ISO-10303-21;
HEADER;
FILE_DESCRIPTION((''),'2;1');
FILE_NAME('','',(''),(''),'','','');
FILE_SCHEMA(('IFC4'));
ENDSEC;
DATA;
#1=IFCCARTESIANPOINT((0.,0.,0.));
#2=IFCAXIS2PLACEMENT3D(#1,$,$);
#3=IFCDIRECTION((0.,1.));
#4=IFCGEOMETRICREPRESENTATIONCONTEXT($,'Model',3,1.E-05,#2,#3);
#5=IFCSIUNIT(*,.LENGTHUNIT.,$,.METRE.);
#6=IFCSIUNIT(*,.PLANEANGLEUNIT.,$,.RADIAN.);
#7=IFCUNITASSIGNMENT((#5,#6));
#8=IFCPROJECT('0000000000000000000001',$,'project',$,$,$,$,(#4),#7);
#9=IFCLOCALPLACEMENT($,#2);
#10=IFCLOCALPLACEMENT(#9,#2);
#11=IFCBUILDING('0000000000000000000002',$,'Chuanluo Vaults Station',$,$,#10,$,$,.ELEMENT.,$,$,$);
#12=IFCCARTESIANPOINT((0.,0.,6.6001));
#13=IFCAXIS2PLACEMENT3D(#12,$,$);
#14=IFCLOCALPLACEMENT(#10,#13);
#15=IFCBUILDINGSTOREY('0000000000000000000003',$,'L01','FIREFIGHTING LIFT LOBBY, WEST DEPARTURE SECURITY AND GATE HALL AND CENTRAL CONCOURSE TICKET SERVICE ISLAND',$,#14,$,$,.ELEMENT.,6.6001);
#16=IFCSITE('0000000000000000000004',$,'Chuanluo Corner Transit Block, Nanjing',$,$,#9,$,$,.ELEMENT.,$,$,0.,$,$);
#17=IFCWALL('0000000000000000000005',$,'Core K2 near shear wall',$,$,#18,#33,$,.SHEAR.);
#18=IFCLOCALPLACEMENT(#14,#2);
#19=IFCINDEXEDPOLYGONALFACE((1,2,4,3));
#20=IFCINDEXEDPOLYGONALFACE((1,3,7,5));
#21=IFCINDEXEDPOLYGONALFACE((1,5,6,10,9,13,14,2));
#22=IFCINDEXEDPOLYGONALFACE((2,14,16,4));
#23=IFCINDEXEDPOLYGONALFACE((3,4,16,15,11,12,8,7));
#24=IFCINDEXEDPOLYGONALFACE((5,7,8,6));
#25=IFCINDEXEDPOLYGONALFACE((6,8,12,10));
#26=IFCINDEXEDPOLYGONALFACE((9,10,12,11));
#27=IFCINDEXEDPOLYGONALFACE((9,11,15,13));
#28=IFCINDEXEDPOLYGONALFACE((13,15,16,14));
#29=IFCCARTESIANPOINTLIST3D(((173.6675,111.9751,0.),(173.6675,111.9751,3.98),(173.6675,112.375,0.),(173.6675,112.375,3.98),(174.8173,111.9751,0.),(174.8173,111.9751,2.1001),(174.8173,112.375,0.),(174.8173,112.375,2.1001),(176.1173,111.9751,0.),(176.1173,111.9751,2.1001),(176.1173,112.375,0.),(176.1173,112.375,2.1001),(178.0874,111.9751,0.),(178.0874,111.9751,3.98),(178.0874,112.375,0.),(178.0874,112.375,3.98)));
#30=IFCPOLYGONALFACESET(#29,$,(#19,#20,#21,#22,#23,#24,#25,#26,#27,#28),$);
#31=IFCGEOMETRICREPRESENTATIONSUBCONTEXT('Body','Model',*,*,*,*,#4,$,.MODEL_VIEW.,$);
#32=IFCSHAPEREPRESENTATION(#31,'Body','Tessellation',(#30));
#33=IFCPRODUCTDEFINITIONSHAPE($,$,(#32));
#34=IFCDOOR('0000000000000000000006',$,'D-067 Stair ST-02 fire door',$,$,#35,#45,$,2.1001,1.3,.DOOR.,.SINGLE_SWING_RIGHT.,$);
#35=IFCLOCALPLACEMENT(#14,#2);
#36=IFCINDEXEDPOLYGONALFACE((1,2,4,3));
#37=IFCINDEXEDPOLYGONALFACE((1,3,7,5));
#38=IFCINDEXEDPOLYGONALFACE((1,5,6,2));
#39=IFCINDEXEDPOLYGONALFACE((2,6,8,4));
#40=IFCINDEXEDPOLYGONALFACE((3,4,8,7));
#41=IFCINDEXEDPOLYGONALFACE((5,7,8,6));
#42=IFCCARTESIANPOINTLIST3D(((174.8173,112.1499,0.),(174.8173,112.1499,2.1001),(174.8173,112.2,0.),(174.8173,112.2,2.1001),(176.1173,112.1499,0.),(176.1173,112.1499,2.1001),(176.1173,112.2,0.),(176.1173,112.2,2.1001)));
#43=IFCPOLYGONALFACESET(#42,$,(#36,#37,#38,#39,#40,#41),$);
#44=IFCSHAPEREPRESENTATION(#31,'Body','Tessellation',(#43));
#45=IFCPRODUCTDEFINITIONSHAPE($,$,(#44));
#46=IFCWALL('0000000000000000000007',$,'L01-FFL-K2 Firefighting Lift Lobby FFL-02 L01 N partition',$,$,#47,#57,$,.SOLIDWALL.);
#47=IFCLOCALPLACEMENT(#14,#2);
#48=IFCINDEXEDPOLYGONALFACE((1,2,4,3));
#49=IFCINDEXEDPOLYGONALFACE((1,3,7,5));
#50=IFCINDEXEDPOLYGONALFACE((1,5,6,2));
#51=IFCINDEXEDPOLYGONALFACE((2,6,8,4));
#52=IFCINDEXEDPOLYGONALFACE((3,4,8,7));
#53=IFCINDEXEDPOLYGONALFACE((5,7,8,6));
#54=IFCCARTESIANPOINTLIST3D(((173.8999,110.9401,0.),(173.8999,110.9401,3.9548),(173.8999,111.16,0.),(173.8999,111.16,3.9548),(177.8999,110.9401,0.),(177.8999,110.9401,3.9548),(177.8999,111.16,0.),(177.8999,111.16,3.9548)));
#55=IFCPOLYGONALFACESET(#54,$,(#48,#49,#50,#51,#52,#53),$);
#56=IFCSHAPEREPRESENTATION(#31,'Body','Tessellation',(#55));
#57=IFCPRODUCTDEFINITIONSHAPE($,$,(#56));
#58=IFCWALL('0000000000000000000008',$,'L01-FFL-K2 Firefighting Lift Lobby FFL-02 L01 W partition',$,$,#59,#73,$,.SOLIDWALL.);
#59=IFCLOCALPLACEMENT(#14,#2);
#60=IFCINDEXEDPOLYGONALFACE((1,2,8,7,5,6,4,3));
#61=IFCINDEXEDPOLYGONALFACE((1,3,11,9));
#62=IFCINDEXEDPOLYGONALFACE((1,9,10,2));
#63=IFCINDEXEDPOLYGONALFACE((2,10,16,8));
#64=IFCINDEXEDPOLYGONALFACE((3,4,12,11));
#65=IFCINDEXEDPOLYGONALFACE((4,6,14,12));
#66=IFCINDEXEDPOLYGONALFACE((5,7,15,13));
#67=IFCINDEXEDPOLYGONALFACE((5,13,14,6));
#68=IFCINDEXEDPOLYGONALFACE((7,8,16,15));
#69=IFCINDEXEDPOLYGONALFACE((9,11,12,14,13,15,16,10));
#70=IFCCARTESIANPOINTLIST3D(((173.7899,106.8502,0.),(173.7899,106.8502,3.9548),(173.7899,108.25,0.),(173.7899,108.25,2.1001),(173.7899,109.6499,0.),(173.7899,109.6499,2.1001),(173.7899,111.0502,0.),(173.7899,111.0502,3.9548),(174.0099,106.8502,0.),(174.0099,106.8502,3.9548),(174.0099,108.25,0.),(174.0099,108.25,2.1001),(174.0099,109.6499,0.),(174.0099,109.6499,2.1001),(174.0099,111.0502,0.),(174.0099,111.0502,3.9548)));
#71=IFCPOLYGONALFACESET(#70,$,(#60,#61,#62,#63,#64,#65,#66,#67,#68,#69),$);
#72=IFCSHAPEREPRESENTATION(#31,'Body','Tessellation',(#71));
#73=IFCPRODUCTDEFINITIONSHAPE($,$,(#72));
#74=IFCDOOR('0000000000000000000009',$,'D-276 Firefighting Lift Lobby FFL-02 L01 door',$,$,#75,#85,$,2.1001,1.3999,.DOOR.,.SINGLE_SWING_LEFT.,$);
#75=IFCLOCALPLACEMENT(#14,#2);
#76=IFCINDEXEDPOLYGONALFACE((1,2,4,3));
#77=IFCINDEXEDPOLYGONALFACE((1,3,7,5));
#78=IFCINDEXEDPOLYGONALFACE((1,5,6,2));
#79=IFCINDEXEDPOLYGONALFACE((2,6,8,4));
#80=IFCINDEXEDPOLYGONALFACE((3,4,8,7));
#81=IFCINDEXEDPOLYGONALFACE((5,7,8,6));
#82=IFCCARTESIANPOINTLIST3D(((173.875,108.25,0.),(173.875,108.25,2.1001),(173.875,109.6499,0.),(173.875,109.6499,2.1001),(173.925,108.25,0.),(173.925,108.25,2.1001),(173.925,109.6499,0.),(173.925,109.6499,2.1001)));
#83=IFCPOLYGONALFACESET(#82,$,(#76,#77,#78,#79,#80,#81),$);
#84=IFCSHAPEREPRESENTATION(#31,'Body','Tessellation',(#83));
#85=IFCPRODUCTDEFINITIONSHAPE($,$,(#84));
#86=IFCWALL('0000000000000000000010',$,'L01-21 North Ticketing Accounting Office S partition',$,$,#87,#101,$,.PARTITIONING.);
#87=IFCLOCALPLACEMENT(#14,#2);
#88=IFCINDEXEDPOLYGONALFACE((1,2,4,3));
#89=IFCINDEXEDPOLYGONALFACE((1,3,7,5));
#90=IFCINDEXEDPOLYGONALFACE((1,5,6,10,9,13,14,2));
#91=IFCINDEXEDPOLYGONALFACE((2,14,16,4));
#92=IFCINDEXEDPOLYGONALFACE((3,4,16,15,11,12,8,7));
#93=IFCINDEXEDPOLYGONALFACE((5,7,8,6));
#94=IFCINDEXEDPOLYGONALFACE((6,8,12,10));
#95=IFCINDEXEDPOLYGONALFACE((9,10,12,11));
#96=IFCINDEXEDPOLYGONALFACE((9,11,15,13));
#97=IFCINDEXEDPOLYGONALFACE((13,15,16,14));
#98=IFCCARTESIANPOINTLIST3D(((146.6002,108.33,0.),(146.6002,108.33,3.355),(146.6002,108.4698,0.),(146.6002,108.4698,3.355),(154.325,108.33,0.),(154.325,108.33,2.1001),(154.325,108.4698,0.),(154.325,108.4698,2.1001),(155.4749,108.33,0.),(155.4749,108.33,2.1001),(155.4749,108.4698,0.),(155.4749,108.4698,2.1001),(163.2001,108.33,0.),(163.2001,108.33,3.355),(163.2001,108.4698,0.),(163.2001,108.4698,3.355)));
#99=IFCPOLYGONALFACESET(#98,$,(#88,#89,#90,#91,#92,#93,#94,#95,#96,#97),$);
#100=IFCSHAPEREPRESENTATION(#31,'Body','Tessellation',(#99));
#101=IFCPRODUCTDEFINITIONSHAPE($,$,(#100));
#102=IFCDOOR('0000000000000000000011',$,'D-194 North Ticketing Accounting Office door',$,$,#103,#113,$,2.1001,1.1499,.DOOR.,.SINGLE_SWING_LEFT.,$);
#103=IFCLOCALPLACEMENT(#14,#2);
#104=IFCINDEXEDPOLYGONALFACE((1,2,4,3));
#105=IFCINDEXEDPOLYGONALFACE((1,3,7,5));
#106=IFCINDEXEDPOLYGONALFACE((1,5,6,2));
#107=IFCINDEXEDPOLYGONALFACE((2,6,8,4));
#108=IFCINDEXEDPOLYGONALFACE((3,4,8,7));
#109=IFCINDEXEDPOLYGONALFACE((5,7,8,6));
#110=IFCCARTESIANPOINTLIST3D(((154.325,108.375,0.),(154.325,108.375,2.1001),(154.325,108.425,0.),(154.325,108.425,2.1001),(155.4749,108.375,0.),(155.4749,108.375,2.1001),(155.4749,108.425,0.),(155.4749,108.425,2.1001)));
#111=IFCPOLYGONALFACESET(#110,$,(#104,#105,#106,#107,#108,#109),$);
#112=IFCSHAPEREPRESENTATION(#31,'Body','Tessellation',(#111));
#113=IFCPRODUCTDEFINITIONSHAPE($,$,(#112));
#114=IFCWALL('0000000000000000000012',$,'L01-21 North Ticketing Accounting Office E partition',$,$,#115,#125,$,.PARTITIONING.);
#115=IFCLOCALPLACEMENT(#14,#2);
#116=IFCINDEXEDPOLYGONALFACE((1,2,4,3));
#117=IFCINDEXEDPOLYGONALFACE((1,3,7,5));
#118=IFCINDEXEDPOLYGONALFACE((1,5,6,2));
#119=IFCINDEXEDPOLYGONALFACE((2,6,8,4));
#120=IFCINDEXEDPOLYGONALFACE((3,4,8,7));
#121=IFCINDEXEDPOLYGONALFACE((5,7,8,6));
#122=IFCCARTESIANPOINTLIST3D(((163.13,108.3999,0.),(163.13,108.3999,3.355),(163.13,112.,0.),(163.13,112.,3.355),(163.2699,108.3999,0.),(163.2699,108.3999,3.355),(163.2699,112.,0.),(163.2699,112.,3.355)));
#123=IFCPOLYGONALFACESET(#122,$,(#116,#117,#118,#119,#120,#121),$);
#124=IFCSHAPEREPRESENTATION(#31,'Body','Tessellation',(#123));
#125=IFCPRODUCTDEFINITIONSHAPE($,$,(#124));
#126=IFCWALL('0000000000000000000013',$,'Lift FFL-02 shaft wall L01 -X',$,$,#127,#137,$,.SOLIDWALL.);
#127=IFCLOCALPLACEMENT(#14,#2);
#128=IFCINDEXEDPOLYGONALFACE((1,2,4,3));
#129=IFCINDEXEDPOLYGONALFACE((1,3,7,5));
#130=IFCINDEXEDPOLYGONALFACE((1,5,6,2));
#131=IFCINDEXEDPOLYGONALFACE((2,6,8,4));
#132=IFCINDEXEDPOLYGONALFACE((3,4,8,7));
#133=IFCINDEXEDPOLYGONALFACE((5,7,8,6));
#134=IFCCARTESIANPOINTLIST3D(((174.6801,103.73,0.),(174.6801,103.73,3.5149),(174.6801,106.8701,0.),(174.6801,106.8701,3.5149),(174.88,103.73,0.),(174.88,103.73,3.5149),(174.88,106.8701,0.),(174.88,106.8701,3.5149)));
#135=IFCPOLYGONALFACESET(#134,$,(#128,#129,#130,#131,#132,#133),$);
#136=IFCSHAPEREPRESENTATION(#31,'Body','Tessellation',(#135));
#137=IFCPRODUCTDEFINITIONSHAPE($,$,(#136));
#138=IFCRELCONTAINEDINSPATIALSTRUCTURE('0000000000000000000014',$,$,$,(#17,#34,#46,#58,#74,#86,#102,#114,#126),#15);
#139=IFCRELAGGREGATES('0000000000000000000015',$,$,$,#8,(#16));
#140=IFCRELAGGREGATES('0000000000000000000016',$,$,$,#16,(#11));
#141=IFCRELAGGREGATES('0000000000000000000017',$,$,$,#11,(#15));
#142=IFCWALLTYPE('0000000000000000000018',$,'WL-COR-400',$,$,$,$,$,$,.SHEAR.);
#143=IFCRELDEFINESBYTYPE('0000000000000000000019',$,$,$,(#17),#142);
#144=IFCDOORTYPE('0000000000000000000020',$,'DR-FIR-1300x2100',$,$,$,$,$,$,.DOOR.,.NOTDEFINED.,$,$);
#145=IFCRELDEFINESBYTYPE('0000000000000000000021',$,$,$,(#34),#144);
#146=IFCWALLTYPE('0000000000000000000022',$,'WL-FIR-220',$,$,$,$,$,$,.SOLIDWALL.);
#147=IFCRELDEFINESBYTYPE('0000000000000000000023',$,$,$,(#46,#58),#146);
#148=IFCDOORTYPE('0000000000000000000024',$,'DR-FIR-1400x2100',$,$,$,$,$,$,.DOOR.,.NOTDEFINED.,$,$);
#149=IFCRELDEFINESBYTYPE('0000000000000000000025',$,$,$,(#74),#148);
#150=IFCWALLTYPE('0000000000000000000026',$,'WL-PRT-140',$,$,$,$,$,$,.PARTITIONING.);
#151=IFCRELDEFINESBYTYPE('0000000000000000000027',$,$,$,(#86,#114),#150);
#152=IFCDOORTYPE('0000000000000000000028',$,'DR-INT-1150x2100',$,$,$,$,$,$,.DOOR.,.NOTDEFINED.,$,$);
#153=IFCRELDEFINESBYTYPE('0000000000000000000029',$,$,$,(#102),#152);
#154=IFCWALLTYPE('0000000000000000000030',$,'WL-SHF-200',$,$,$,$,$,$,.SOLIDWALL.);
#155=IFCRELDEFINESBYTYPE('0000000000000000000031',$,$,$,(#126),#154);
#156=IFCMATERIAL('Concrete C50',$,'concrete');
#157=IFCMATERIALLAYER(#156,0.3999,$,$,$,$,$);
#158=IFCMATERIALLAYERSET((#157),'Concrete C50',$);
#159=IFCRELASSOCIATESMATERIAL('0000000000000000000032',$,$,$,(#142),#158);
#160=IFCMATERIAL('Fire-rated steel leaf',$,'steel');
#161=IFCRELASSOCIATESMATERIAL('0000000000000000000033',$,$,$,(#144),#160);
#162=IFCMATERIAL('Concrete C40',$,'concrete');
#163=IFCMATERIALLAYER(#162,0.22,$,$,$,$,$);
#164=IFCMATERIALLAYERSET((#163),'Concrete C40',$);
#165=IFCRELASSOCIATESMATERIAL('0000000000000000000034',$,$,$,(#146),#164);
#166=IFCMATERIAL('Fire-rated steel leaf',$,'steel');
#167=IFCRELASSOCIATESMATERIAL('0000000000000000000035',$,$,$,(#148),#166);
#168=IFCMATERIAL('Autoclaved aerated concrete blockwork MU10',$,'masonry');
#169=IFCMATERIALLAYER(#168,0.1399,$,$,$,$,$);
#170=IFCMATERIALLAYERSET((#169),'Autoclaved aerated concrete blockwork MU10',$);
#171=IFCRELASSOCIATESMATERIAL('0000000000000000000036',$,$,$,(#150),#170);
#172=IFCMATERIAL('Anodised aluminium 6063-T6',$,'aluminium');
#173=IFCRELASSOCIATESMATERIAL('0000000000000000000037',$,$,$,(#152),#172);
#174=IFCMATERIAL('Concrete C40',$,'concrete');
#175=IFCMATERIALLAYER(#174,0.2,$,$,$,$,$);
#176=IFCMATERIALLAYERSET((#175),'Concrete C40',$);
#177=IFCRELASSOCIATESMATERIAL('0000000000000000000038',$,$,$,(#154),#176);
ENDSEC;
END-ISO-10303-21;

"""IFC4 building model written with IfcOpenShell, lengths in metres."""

from ifc_helpers import new_model, si_unit, direction, frame, frame_2d, origin, place, context, subcontext, project, spatial, rectangle, extrude, material, layer, layer_set, type_object, element, fill, save


model = new_model("IFC4")

# Units and contexts
model_context = context("Model", 3, precision=1e-05, world=origin(), true_north=direction((0.0, 1.0)))
body_context = subcontext(model_context, "Body", "Model", "MODEL_VIEW")
ifc_project = project(units=[si_unit("LENGTHUNIT", "METRE"), si_unit("PLANEANGLEUNIT", "RADIAN")], contexts=[model_context])

# Site, building, storey
site_placement = place(None, origin())
site = spatial("IfcSite", under=ifc_project, at=site_placement, Name="Chuanluo Corner Transit Block, Nanjing", CompositionType="ELEMENT", RefElevation=0.0)
building_placement = place(site_placement, origin())
building = spatial("IfcBuilding", under=site, at=building_placement, Name="Chuanluo Vaults Station", CompositionType="ELEMENT")
storey_placement = place(building_placement, frame((0.0, 0.0, 6.6001)))
storey = spatial("IfcBuildingStorey", under=building, at=storey_placement, Name="L01", Description="FIREFIGHTING LIFT LOBBY, WEST DEPARTURE SECURITY AND GATE HALL AND CENTRAL CONCOURSE TICKET SERVICE ISLAND", CompositionType="ELEMENT", Elevation=6.6001)

# Shared definitions
ifc_material_1 = material(Name="Concrete C50", Category="concrete")
ifc_layer_1 = layer(ifc_material_1, 0.3999)
ifc_layer_set_1 = layer_set([ifc_layer_1], Name="Concrete C50")
wall_type_1 = type_object("IfcWallType", Name="WL-COR-400", PredefinedType="SHEAR", material=ifc_layer_set_1)

# Wall, opening, door
wall_1_placement = place(storey_placement, frame((173.6675, 112.175, 0.0), z_axis=(0.0, 0.0, 1.0), x_axis=(1.0, 0.0, 0.0)))
wall_1 = element("IfcWall", 1, at=wall_1_placement, inside=storey, type_object=wall_type_1, Name="Core K2 near shear wall", PredefinedType="SHEAR", context=body_context, shape_type="SweptSolid", body=[
    extrude(rectangle(XDim=4.4199, YDim=0.3999, at=frame_2d((2.21, 0.0))), origin(), (0.0, 0.0, 1.0), 3.98),
])
opening_1_placement = place(wall_1_placement, frame((1.1499, 0.0, 0.0)))
opening_1 = element("IfcOpeningElement", 2, at=opening_1_placement, cuts=wall_1, PredefinedType="OPENING", context=body_context, shape_type="SweptSolid", body=[
    extrude(rectangle(XDim=1.3, YDim=2.1001, at=frame_2d((0.6499, 1.05))), frame((0.0, 0.2099, 0.0), z_axis=(0.0, -1.0, 0.0), x_axis=(1.0, 0.0, 0.0)), (0.0, 0.0, 1.0), 0.4199),
])
ifc_material_2 = material(Name="Fire-rated steel leaf", Category="steel")
door_type_1 = type_object("IfcDoorType", Name="DR-FIR-1300x2100", OperationType="NOTDEFINED", PredefinedType="DOOR", material=ifc_material_2)
door_1_placement = place(opening_1_placement, origin())
door_1 = element("IfcDoor", 3, at=door_1_placement, inside=storey, type_object=door_type_1, Name="D-067 Stair ST-02 fire door", OperationType="SINGLE_SWING_RIGHT", OverallHeight=2.1001, OverallWidth=1.3, PredefinedType="DOOR", context=body_context, shape_type="SweptSolid", body=[
    extrude(rectangle(XDim=1.3, YDim=2.1001, at=frame_2d((0.6499, 1.05))), frame((0.0, 0.0249, 0.0), z_axis=(0.0, -1.0, 0.0), x_axis=(1.0, 0.0, 0.0)), (0.0, 0.0, 1.0), 0.05),
])
fill(opening_1, door_1)

# Wall
ifc_material_3 = material(Name="Concrete C40", Category="concrete")
ifc_layer_2 = layer(ifc_material_3, 0.22)
ifc_layer_set_2 = layer_set([ifc_layer_2], Name="Concrete C40")
wall_type_2 = type_object("IfcWallType", Name="WL-FIR-220", PredefinedType="SOLIDWALL", material=ifc_layer_set_2)
wall_2_placement = place(storey_placement, frame((173.8999, 111.05, 0.0), z_axis=(0.0, 0.0, 1.0), x_axis=(1.0, 0.0, 0.0)))
element("IfcWall", 4, at=wall_2_placement, inside=storey, type_object=wall_type_2, Name="L01-FFL-K2 Firefighting Lift Lobby FFL-02 L01 N partition", PredefinedType="SOLIDWALL", context=body_context, shape_type="SweptSolid", body=[
    extrude(rectangle(XDim=4.0, YDim=0.22, at=frame_2d((2.0, 0.0))), origin(), (0.0, 0.0, 1.0), 3.9548),
])

# Walls, openings, doors
wall_3_placement = place(storey_placement, frame((173.8999, 106.8501, 0.0), z_axis=(0.0, 0.0, 1.0), x_axis=(0.0, 1.0, 0.0)))
wall_3 = element("IfcWall", 5, at=wall_3_placement, inside=storey, type_object=wall_type_2, Name="L01-FFL-K2 Firefighting Lift Lobby FFL-02 L01 W partition", PredefinedType="SOLIDWALL", context=body_context, shape_type="SweptSolid", body=[
    extrude(rectangle(XDim=4.2, YDim=0.22, at=frame_2d((2.1001, 0.0))), origin(), (0.0, 0.0, 1.0), 3.9548),
])
opening_2_placement = place(wall_3_placement, frame((1.3999, 0.0, 0.0)))
opening_2 = element("IfcOpeningElement", 6, at=opening_2_placement, cuts=wall_3, PredefinedType="OPENING", context=body_context, shape_type="SweptSolid", body=[
    extrude(rectangle(XDim=1.3999, YDim=2.1001, at=frame_2d((0.7, 1.05))), frame((0.0, 0.1199, 0.0), z_axis=(0.0, -1.0, 0.0), x_axis=(1.0, 0.0, 0.0)), (0.0, 0.0, 1.0), 0.24),
])
ifc_material_4 = material(Name="Fire-rated steel leaf", Category="steel")
door_type_2 = type_object("IfcDoorType", Name="DR-FIR-1400x2100", OperationType="NOTDEFINED", PredefinedType="DOOR", material=ifc_material_4)
door_2_placement = place(opening_2_placement, origin())
door_2 = element("IfcDoor", 7, at=door_2_placement, inside=storey, type_object=door_type_2, Name="D-276 Firefighting Lift Lobby FFL-02 L01 door", OperationType="SINGLE_SWING_LEFT", OverallHeight=2.1001, OverallWidth=1.3999, PredefinedType="DOOR", context=body_context, shape_type="SweptSolid", body=[
    extrude(rectangle(XDim=1.3999, YDim=2.1001, at=frame_2d((0.7, 1.05))), frame((0.0, 0.0249, 0.0), z_axis=(0.0, -1.0, 0.0), x_axis=(1.0, 0.0, 0.0)), (0.0, 0.0, 1.0), 0.05),
])
fill(opening_2, door_2)
ifc_material_5 = material(Name="Autoclaved aerated concrete blockwork MU10", Category="masonry")
ifc_layer_3 = layer(ifc_material_5, 0.1399)
ifc_layer_set_3 = layer_set([ifc_layer_3], Name="Autoclaved aerated concrete blockwork MU10")
wall_type_3 = type_object("IfcWallType", Name="WL-PRT-140", PredefinedType="PARTITIONING", material=ifc_layer_set_3)
wall_4_placement = place(storey_placement, frame((163.2, 108.3999, 0.0), z_axis=(0.0, 0.0, 1.0), x_axis=(-1.0, 0.0, 0.0)))
wall_4 = element("IfcWall", 8, at=wall_4_placement, inside=storey, type_object=wall_type_3, Name="L01-21 North Ticketing Accounting Office S partition", PredefinedType="PARTITIONING", context=body_context, shape_type="SweptSolid", body=[
    extrude(rectangle(XDim=16.5999, YDim=0.1399, at=frame_2d((8.2998, 0.0))), origin(), (0.0, 0.0, 1.0), 3.355),
])
opening_3_placement = place(wall_4_placement, frame((7.7251, 0.0, 0.0)))
opening_3 = element("IfcOpeningElement", 9, at=opening_3_placement, cuts=wall_4, PredefinedType="OPENING", context=body_context, shape_type="SweptSolid", body=[
    extrude(rectangle(XDim=1.1499, YDim=2.1001, at=frame_2d((0.575, 1.05))), frame((0.0, 0.0798, 0.0), z_axis=(0.0, -1.0, 0.0), x_axis=(1.0, 0.0, 0.0)), (0.0, 0.0, 1.0), 0.1599),
])
ifc_material_6 = material(Name="Anodised aluminium 6063-T6", Category="aluminium")
door_type_3 = type_object("IfcDoorType", Name="DR-INT-1150x2100", OperationType="NOTDEFINED", PredefinedType="DOOR", material=ifc_material_6)
door_3_placement = place(opening_3_placement, origin())
door_3 = element("IfcDoor", 10, at=door_3_placement, inside=storey, type_object=door_type_3, Name="D-194 North Ticketing Accounting Office door", OperationType="SINGLE_SWING_LEFT", OverallHeight=2.1001, OverallWidth=1.1499, PredefinedType="DOOR", context=body_context, shape_type="SweptSolid", body=[
    extrude(rectangle(XDim=1.1499, YDim=2.1001, at=frame_2d((0.575, 1.05))), frame((0.0, 0.0249, 0.0), z_axis=(0.0, -1.0, 0.0), x_axis=(1.0, 0.0, 0.0)), (0.0, 0.0, 1.0), 0.05),
])
fill(opening_3, door_3)

# Walls
wall_5_placement = place(storey_placement, frame((163.2, 112.0, 0.0), z_axis=(0.0, 0.0, 1.0), x_axis=(0.0, -1.0, 0.0)))
element("IfcWall", 11, at=wall_5_placement, inside=storey, type_object=wall_type_3, Name="L01-21 North Ticketing Accounting Office E partition", PredefinedType="PARTITIONING", context=body_context, shape_type="SweptSolid", body=[
    extrude(rectangle(XDim=3.6001, YDim=0.1399, at=frame_2d((1.8, 0.0))), origin(), (0.0, 0.0, 1.0), 3.355),
])
ifc_material_7 = material(Name="Concrete C40", Category="concrete")
ifc_layer_4 = layer(ifc_material_7, 0.2)
ifc_layer_set_4 = layer_set([ifc_layer_4], Name="Concrete C40")
wall_type_4 = type_object("IfcWallType", Name="WL-SHF-200", PredefinedType="SOLIDWALL", material=ifc_layer_set_4)
wall_6_placement = place(storey_placement, frame((174.78, 106.8701, 0.0), z_axis=(0.0, 0.0, 1.0), x_axis=(0.0, -1.0, 0.0)))
element("IfcWall", 12, at=wall_6_placement, inside=storey, type_object=wall_type_4, Name="Lift FFL-02 shaft wall L01 -X", PredefinedType="SOLIDWALL", context=body_context, shape_type="SweptSolid", body=[
    extrude(rectangle(XDim=3.1401, YDim=0.2, at=frame_2d((1.5701, 0.0))), origin(), (0.0, 0.0, 1.0), 3.5149),
])

save(model, "model.ifc")
